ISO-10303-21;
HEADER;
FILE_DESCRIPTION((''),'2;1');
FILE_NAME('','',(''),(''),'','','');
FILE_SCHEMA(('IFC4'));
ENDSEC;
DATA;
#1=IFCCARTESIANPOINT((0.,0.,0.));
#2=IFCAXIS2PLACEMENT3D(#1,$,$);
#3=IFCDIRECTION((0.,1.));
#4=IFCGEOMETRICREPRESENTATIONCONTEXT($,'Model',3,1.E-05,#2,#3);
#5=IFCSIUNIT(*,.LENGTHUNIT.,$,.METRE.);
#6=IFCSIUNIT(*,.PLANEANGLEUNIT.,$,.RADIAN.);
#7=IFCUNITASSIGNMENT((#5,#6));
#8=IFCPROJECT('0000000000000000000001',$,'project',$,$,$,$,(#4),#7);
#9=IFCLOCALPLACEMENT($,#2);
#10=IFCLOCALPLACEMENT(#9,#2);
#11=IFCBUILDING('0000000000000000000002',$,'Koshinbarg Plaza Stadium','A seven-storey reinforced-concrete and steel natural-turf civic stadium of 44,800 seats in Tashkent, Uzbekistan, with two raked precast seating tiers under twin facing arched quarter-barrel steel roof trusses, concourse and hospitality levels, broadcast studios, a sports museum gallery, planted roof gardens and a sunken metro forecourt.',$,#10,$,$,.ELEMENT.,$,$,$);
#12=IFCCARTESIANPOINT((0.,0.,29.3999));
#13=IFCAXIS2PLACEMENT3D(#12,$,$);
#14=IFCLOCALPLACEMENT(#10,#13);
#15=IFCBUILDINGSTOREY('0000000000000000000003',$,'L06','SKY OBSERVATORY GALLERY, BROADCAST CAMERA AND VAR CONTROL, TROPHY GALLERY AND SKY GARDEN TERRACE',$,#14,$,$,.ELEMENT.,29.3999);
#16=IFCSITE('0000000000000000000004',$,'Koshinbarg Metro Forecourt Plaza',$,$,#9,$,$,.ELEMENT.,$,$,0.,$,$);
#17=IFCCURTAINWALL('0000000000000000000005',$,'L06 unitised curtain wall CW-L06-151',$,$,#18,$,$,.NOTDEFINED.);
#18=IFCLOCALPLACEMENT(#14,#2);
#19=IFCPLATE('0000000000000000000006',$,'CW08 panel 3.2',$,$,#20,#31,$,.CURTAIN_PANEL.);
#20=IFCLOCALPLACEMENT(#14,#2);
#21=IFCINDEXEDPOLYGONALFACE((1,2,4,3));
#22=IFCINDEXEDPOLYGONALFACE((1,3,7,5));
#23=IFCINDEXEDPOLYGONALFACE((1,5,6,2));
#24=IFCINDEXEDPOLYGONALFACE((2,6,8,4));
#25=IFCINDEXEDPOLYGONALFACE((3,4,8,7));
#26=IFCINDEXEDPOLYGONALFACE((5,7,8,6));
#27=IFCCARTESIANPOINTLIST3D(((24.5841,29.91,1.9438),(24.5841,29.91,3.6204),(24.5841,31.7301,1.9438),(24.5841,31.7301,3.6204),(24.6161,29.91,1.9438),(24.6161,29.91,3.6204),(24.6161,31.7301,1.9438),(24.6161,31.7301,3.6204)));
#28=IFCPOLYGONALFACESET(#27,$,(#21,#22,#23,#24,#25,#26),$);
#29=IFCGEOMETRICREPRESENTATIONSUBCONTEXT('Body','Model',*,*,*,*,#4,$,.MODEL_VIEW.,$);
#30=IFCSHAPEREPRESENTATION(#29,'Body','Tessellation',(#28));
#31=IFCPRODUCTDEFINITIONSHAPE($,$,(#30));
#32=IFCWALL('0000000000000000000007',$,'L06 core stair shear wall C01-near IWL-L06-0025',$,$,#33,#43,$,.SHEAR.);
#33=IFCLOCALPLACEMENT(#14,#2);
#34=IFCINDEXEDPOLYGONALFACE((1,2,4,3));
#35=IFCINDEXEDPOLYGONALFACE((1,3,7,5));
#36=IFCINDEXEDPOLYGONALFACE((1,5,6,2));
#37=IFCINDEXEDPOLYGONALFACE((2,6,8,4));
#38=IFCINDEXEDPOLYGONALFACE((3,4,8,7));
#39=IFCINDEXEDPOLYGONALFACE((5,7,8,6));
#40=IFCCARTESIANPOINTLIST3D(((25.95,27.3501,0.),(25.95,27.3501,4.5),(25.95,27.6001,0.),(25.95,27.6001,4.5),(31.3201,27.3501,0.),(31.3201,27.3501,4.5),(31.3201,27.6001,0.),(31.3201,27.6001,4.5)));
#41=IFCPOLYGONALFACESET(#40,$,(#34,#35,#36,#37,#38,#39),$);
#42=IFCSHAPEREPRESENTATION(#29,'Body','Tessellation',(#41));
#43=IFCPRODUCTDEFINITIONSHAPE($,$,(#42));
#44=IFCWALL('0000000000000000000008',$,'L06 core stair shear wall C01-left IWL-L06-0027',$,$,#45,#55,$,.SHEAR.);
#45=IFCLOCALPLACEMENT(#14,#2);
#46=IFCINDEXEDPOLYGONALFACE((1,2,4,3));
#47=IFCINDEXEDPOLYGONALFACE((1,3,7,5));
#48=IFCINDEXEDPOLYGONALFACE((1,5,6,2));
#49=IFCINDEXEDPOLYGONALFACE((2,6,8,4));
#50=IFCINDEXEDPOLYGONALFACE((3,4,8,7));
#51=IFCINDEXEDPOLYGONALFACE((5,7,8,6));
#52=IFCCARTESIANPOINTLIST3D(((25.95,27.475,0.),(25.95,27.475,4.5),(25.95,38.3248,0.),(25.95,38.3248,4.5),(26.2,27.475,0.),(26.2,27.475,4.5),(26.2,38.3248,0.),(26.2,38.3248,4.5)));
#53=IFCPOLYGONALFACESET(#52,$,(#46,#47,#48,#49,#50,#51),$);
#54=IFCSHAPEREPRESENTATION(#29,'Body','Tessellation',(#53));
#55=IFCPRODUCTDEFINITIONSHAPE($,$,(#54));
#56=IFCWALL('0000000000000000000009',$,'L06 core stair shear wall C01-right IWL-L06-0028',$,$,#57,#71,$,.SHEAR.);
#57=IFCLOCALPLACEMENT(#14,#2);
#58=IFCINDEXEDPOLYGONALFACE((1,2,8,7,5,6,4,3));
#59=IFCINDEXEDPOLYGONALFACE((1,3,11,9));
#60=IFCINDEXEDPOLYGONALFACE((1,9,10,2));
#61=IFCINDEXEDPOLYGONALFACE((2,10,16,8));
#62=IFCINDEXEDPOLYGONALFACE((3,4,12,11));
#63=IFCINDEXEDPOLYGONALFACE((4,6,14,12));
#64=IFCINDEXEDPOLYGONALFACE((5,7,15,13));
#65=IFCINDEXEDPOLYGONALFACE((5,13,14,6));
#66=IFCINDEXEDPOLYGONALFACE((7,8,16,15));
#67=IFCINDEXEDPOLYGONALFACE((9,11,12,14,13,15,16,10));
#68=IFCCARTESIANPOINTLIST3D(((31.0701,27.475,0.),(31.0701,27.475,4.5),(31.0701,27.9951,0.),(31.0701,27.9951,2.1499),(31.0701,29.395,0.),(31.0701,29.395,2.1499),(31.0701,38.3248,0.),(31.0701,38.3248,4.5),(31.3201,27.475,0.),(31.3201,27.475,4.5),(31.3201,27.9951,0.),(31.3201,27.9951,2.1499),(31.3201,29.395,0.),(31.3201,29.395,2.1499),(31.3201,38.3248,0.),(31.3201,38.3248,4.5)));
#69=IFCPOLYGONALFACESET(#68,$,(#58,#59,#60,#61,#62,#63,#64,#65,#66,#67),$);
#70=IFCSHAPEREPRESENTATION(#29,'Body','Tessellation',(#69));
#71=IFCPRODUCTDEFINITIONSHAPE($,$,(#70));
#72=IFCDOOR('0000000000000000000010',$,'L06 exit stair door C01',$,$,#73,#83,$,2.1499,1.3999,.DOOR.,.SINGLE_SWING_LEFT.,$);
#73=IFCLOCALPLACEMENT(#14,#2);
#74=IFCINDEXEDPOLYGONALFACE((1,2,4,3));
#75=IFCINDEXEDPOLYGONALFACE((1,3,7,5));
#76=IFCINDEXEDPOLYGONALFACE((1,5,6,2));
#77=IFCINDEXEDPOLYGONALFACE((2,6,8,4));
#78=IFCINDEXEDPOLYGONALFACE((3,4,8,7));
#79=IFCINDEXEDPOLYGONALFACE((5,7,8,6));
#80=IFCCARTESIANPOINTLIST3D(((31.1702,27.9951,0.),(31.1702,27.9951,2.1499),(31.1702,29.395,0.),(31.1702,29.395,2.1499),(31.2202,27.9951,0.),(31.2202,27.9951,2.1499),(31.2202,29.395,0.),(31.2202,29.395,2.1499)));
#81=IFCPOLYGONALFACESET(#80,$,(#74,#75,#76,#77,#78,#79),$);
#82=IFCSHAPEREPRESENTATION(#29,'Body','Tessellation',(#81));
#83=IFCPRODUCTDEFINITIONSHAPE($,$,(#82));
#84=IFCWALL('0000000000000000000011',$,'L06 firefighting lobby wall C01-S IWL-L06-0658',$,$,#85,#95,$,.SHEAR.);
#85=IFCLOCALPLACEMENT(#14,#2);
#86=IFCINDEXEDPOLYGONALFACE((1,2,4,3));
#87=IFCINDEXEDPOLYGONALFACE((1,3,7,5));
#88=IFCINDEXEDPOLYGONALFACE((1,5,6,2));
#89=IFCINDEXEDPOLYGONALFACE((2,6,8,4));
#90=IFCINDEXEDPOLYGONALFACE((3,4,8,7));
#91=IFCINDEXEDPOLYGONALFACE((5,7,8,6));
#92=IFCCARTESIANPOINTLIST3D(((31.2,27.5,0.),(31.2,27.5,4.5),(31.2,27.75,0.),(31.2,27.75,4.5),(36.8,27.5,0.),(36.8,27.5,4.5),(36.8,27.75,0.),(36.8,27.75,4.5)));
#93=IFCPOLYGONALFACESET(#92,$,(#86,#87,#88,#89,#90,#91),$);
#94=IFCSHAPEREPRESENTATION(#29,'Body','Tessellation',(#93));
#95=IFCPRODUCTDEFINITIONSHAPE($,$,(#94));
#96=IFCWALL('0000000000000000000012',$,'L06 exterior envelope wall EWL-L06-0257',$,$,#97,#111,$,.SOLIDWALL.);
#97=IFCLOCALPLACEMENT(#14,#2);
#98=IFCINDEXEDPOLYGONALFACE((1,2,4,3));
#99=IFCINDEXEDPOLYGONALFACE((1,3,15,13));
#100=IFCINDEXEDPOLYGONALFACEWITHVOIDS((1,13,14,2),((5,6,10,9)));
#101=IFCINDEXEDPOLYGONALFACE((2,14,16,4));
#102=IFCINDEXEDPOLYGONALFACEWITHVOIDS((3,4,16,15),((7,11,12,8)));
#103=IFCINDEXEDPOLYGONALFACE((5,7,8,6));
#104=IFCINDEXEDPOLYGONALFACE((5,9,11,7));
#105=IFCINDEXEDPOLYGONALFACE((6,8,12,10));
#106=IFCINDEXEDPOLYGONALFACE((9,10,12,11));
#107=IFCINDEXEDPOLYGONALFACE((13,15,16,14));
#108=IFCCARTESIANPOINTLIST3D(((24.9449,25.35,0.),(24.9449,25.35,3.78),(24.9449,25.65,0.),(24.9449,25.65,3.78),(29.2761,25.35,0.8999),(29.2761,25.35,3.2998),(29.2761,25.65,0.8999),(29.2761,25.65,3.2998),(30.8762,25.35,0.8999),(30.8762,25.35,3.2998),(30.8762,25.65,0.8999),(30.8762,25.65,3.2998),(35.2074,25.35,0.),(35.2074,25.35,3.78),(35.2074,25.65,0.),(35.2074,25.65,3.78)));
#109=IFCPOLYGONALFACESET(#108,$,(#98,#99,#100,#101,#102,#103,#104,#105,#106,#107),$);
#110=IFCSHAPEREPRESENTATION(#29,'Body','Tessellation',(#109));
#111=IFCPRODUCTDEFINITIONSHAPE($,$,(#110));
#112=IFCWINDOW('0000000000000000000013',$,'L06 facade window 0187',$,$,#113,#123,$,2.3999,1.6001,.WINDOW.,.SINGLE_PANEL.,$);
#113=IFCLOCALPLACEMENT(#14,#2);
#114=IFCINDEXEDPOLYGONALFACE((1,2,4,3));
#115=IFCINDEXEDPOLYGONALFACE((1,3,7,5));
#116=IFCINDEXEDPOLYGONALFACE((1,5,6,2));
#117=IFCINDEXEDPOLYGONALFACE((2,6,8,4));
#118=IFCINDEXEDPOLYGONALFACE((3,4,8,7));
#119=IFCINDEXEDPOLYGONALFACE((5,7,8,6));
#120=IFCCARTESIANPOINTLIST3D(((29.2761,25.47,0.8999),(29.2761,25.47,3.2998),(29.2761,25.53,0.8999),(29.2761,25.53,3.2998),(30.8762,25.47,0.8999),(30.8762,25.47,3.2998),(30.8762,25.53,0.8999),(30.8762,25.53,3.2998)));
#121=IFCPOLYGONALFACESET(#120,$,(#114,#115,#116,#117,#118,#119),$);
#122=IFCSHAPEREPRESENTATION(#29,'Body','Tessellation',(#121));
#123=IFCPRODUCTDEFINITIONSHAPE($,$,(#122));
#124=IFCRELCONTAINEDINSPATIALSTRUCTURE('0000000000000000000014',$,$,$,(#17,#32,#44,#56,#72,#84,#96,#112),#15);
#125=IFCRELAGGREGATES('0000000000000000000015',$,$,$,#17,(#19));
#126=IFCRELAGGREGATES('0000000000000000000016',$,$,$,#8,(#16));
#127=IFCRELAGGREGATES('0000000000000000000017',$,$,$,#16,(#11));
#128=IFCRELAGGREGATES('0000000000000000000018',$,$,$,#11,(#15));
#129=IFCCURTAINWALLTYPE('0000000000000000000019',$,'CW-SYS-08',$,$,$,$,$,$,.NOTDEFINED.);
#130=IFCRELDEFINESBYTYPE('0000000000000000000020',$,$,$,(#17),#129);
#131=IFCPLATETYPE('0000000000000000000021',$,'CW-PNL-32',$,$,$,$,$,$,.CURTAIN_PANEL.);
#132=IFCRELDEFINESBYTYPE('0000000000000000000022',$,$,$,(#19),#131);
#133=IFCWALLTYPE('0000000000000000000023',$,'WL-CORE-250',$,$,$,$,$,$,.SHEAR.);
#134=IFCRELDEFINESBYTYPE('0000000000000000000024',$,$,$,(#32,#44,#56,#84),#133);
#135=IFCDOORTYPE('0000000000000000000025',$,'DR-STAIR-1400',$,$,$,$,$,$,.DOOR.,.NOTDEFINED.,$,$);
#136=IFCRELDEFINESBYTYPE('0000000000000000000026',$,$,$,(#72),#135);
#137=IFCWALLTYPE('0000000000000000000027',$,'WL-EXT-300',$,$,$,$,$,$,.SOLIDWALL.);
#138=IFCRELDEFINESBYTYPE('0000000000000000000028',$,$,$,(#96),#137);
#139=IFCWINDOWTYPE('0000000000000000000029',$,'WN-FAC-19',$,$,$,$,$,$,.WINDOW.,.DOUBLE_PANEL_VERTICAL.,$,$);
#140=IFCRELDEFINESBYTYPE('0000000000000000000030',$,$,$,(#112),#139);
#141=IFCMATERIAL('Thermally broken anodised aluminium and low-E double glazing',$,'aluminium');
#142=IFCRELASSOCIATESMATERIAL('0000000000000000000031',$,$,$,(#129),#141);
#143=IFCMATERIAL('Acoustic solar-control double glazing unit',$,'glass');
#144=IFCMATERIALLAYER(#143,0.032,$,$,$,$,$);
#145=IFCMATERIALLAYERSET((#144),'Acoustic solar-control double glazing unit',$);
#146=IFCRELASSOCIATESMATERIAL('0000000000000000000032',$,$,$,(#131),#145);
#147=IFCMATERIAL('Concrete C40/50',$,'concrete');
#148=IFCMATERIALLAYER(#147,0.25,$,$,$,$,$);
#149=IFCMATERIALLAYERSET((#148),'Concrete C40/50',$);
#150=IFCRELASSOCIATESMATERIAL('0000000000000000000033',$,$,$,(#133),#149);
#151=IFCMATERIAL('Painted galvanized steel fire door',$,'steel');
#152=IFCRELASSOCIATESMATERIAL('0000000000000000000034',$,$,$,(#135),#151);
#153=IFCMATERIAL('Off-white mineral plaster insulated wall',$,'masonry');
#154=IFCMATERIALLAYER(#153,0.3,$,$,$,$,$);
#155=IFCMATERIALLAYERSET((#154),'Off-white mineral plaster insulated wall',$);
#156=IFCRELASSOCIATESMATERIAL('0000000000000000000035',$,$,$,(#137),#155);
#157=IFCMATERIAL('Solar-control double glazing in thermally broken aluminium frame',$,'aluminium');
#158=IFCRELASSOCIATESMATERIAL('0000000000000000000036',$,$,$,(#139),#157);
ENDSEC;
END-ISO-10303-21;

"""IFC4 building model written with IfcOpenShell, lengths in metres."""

from ifc_helpers import new_model, si_unit, direction, frame, frame_2d, origin, origin_2d, place, context, subcontext, project, spatial, rectangle, extrude, material, layer, layer_set, type_object, element, fill, aggregate, save


model = new_model("IFC4")

# Units and contexts
model_context = context("Model", 3, precision=1e-05, world=origin(), true_north=direction((0.0, 1.0)))
body_context = subcontext(model_context, "Body", "Model", "MODEL_VIEW")
ifc_project = project(units=[si_unit("LENGTHUNIT", "METRE"), si_unit("PLANEANGLEUNIT", "RADIAN")], contexts=[model_context])

# Site, building, storey
site_placement = place(None, origin())
site = spatial("IfcSite", under=ifc_project, at=site_placement, Name="Koshinbarg Metro Forecourt Plaza", CompositionType="ELEMENT", RefElevation=0.0)
building_placement = place(site_placement, origin())
building = spatial("IfcBuilding", under=site, at=building_placement, Name="Koshinbarg Plaza Stadium", Description="A seven-storey reinforced-concrete and steel natural-turf civic stadium of 44,800 seats in Tashkent, Uzbekistan, with two raked precast seating tiers under twin facing arched quarter-barrel steel roof trusses, concourse and hospitality levels, broadcast studios, a sports museum gallery, planted roof gardens and a sunken metro forecourt.", CompositionType="ELEMENT")
storey_placement = place(building_placement, frame((0.0, 0.0, 29.3999)))
storey = spatial("IfcBuildingStorey", under=building, at=storey_placement, Name="L06", Description="SKY OBSERVATORY GALLERY, BROADCAST CAMERA AND VAR CONTROL, TROPHY GALLERY AND SKY GARDEN TERRACE", CompositionType="ELEMENT", Elevation=29.3999)

# Shared definitions
ifc_material_1 = material(Name="Concrete C40/50", Category="concrete")

# Curtain wall, plate
ifc_material_2 = material(Name="Thermally broken anodised aluminium and low-E double glazing", Category="aluminium")
curtain_wall_type = type_object("IfcCurtainWallType", Name="CW-SYS-08", PredefinedType="NOTDEFINED", material=ifc_material_2)
curtain_wall_placement = place(storey_placement, origin())
curtain_wall = element("IfcCurtainWall", 1, at=curtain_wall_placement, inside=storey, type_object=curtain_wall_type, Name="L06 unitised curtain wall CW-L06-151", PredefinedType="NOTDEFINED")
ifc_material_3 = material(Name="Acoustic solar-control double glazing unit", Category="glass")
ifc_layer_1 = layer(ifc_material_3, 0.032)
ifc_layer_set_1 = layer_set([ifc_layer_1], Name="Acoustic solar-control double glazing unit")
plate_type = type_object("IfcPlateType", Name="CW-PNL-32", PredefinedType="CURTAIN_PANEL", material=ifc_layer_set_1)
plate_1_placement = place(storey_placement, frame((24.6001, 30.8201, 1.9438), z_axis=(0.0, 0.0, 1.0), x_axis=(0.0, 1.0, 0.0)))
plate_1 = element("IfcPlate", 2, at=plate_1_placement, type_object=plate_type, Name="CW08 panel 3.2", PredefinedType="CURTAIN_PANEL", context=body_context, shape_type="SweptSolid", body=[
    extrude(rectangle(XDim=1.8201, YDim=0.032, at=origin_2d()), origin(), (0.0, 0.0, 1.0), 1.6765),
])
aggregate(curtain_wall, [plate_1])

# Walls
ifc_layer_2 = layer(ifc_material_1, 0.25)
ifc_layer_set_2 = layer_set([ifc_layer_2], Name="Concrete C40/50")
wall_type_1 = type_object("IfcWallType", Name="WL-CORE-250", PredefinedType="SHEAR", material=ifc_layer_set_2)
wall_1_placement = place(storey_placement, frame((25.95, 27.4751, 0.0), z_axis=(0.0, 0.0, 1.0), x_axis=(1.0, 0.0, 0.0)))
element("IfcWall", 3, at=wall_1_placement, inside=storey, type_object=wall_type_1, Name="L06 core stair shear wall C01-near IWL-L06-0025", PredefinedType="SHEAR", context=body_context, shape_type="SweptSolid", body=[
    extrude(rectangle(XDim=5.3701, YDim=0.25, at=frame_2d((2.6851, 0.0))), origin(), (0.0, 0.0, 1.0), 4.5),
])
wall_2_placement = place(storey_placement, frame((26.075, 27.4751, 0.0), z_axis=(0.0, 0.0, 1.0), x_axis=(0.0, 1.0, 0.0)))
element("IfcWall", 4, at=wall_2_placement, inside=storey, type_object=wall_type_1, Name="L06 core stair shear wall C01-left IWL-L06-0027", PredefinedType="SHEAR", context=body_context, shape_type="SweptSolid", body=[
    extrude(rectangle(XDim=10.8499, YDim=0.25, at=frame_2d((5.4248, 0.0))), origin(), (0.0, 0.0, 1.0), 4.5),
])

# Wall, opening, door
wall_3_placement = place(storey_placement, frame((31.1951, 27.4751, 0.0), z_axis=(0.0, 0.0, 1.0), x_axis=(0.0, 1.0, 0.0)))
wall_3 = element("IfcWall", 5, at=wall_3_placement, inside=storey, type_object=wall_type_1, Name="L06 core stair shear wall C01-right IWL-L06-0028", PredefinedType="SHEAR", context=body_context, shape_type="SweptSolid", body=[
    extrude(rectangle(XDim=10.8499, YDim=0.25, at=frame_2d((5.4248, 0.0))), origin(), (0.0, 0.0, 1.0), 4.5),
])
opening_1_placement = place(wall_3_placement, frame((0.52, 0.0, 0.0)))
opening_1 = element("IfcOpeningElement", 6, at=opening_1_placement, cuts=wall_3, PredefinedType="OPENING", context=body_context, shape_type="SweptSolid", body=[
    extrude(rectangle(XDim=1.3999, YDim=2.1499, at=frame_2d((0.7, 1.075))), frame((0.0, 0.135, 0.0), z_axis=(0.0, -1.0, 0.0), x_axis=(1.0, 0.0, 0.0)), (0.0, 0.0, 1.0), 0.27),
])
ifc_material_4 = material(Name="Painted galvanized steel fire door", Category="steel")
door_type = type_object("IfcDoorType", Name="DR-STAIR-1400", OperationType="NOTDEFINED", PredefinedType="DOOR", material=ifc_material_4)
door_placement = place(opening_1_placement, origin())
door = element("IfcDoor", 7, at=door_placement, inside=storey, type_object=door_type, Name="L06 exit stair door C01", OperationType="SINGLE_SWING_LEFT", OverallHeight=2.1499, OverallWidth=1.3999, PredefinedType="DOOR", context=body_context, shape_type="SweptSolid", body=[
    extrude(rectangle(XDim=1.3999, YDim=2.1499, at=frame_2d((0.7, 1.075))), frame((0.0, 0.0249, 0.0), z_axis=(0.0, -1.0, 0.0), x_axis=(1.0, 0.0, 0.0)), (0.0, 0.0, 1.0), 0.05),
])
fill(opening_1, door)

# Wall
wall_4_placement = place(storey_placement, frame((31.2, 27.625, 0.0), z_axis=(0.0, 0.0, 1.0), x_axis=(1.0, 0.0, 0.0)))
element("IfcWall", 8, at=wall_4_placement, inside=storey, type_object=wall_type_1, Name="L06 firefighting lobby wall C01-S IWL-L06-0658", PredefinedType="SHEAR", context=body_context, shape_type="SweptSolid", body=[
    extrude(rectangle(XDim=5.6001, YDim=0.25, at=frame_2d((2.8, 0.0))), origin(), (0.0, 0.0, 1.0), 4.5),
])

# Wall, opening, window
ifc_material_5 = material(Name="Off-white mineral plaster insulated wall", Category="masonry")
ifc_layer_3 = layer(ifc_material_5, 0.3)
ifc_layer_set_3 = layer_set([ifc_layer_3], Name="Off-white mineral plaster insulated wall")
wall_type_2 = type_object("IfcWallType", Name="WL-EXT-300", PredefinedType="SOLIDWALL", material=ifc_layer_set_3)
wall_5_placement = place(storey_placement, frame((35.2075, 25.5, 0.0), z_axis=(0.0, 0.0, 1.0), x_axis=(-1.0, 0.0, 0.0)))
wall_5 = element("IfcWall", 9, at=wall_5_placement, inside=storey, type_object=wall_type_2, Name="L06 exterior envelope wall EWL-L06-0257", PredefinedType="SOLIDWALL", context=body_context, shape_type="SweptSolid", body=[
    extrude(rectangle(XDim=10.2625, YDim=0.3, at=frame_2d((5.1313, 0.0))), origin(), (0.0, 0.0, 1.0), 3.78),
])
opening_2_placement = place(wall_5_placement, frame((4.3313, 0.0, 0.8999)))
opening_2 = element("IfcOpeningElement", 10, at=opening_2_placement, cuts=wall_5, PredefinedType="OPENING", context=body_context, shape_type="SweptSolid", body=[
    extrude(rectangle(XDim=1.6001, YDim=2.3999, at=frame_2d((0.8, 1.2))), frame((0.0, 0.1599, 0.0), z_axis=(0.0, -1.0, 0.0), x_axis=(1.0, 0.0, 0.0)), (0.0, 0.0, 1.0), 0.3201),
])
ifc_material_6 = material(Name="Solar-control double glazing in thermally broken aluminium frame", Category="aluminium")
window_type = type_object("IfcWindowType", Name="WN-FAC-19", PartitioningType="DOUBLE_PANEL_VERTICAL", PredefinedType="WINDOW", material=ifc_material_6)
window_placement = place(opening_2_placement, origin())
window = element("IfcWindow", 11, at=window_placement, inside=storey, type_object=window_type, Name="L06 facade window 0187", OverallHeight=2.3999, OverallWidth=1.6001, PartitioningType="SINGLE_PANEL", PredefinedType="WINDOW", context=body_context, shape_type="SweptSolid", body=[
    extrude(rectangle(XDim=1.6001, YDim=2.3999, at=frame_2d((0.8, 1.2))), frame((0.0, 0.03, 0.0), z_axis=(0.0, -1.0, 0.0), x_axis=(1.0, 0.0, 0.0)), (0.0, 0.0, 1.0), 0.0601),
])
fill(opening_2, window)

save(model, "model.ifc")
